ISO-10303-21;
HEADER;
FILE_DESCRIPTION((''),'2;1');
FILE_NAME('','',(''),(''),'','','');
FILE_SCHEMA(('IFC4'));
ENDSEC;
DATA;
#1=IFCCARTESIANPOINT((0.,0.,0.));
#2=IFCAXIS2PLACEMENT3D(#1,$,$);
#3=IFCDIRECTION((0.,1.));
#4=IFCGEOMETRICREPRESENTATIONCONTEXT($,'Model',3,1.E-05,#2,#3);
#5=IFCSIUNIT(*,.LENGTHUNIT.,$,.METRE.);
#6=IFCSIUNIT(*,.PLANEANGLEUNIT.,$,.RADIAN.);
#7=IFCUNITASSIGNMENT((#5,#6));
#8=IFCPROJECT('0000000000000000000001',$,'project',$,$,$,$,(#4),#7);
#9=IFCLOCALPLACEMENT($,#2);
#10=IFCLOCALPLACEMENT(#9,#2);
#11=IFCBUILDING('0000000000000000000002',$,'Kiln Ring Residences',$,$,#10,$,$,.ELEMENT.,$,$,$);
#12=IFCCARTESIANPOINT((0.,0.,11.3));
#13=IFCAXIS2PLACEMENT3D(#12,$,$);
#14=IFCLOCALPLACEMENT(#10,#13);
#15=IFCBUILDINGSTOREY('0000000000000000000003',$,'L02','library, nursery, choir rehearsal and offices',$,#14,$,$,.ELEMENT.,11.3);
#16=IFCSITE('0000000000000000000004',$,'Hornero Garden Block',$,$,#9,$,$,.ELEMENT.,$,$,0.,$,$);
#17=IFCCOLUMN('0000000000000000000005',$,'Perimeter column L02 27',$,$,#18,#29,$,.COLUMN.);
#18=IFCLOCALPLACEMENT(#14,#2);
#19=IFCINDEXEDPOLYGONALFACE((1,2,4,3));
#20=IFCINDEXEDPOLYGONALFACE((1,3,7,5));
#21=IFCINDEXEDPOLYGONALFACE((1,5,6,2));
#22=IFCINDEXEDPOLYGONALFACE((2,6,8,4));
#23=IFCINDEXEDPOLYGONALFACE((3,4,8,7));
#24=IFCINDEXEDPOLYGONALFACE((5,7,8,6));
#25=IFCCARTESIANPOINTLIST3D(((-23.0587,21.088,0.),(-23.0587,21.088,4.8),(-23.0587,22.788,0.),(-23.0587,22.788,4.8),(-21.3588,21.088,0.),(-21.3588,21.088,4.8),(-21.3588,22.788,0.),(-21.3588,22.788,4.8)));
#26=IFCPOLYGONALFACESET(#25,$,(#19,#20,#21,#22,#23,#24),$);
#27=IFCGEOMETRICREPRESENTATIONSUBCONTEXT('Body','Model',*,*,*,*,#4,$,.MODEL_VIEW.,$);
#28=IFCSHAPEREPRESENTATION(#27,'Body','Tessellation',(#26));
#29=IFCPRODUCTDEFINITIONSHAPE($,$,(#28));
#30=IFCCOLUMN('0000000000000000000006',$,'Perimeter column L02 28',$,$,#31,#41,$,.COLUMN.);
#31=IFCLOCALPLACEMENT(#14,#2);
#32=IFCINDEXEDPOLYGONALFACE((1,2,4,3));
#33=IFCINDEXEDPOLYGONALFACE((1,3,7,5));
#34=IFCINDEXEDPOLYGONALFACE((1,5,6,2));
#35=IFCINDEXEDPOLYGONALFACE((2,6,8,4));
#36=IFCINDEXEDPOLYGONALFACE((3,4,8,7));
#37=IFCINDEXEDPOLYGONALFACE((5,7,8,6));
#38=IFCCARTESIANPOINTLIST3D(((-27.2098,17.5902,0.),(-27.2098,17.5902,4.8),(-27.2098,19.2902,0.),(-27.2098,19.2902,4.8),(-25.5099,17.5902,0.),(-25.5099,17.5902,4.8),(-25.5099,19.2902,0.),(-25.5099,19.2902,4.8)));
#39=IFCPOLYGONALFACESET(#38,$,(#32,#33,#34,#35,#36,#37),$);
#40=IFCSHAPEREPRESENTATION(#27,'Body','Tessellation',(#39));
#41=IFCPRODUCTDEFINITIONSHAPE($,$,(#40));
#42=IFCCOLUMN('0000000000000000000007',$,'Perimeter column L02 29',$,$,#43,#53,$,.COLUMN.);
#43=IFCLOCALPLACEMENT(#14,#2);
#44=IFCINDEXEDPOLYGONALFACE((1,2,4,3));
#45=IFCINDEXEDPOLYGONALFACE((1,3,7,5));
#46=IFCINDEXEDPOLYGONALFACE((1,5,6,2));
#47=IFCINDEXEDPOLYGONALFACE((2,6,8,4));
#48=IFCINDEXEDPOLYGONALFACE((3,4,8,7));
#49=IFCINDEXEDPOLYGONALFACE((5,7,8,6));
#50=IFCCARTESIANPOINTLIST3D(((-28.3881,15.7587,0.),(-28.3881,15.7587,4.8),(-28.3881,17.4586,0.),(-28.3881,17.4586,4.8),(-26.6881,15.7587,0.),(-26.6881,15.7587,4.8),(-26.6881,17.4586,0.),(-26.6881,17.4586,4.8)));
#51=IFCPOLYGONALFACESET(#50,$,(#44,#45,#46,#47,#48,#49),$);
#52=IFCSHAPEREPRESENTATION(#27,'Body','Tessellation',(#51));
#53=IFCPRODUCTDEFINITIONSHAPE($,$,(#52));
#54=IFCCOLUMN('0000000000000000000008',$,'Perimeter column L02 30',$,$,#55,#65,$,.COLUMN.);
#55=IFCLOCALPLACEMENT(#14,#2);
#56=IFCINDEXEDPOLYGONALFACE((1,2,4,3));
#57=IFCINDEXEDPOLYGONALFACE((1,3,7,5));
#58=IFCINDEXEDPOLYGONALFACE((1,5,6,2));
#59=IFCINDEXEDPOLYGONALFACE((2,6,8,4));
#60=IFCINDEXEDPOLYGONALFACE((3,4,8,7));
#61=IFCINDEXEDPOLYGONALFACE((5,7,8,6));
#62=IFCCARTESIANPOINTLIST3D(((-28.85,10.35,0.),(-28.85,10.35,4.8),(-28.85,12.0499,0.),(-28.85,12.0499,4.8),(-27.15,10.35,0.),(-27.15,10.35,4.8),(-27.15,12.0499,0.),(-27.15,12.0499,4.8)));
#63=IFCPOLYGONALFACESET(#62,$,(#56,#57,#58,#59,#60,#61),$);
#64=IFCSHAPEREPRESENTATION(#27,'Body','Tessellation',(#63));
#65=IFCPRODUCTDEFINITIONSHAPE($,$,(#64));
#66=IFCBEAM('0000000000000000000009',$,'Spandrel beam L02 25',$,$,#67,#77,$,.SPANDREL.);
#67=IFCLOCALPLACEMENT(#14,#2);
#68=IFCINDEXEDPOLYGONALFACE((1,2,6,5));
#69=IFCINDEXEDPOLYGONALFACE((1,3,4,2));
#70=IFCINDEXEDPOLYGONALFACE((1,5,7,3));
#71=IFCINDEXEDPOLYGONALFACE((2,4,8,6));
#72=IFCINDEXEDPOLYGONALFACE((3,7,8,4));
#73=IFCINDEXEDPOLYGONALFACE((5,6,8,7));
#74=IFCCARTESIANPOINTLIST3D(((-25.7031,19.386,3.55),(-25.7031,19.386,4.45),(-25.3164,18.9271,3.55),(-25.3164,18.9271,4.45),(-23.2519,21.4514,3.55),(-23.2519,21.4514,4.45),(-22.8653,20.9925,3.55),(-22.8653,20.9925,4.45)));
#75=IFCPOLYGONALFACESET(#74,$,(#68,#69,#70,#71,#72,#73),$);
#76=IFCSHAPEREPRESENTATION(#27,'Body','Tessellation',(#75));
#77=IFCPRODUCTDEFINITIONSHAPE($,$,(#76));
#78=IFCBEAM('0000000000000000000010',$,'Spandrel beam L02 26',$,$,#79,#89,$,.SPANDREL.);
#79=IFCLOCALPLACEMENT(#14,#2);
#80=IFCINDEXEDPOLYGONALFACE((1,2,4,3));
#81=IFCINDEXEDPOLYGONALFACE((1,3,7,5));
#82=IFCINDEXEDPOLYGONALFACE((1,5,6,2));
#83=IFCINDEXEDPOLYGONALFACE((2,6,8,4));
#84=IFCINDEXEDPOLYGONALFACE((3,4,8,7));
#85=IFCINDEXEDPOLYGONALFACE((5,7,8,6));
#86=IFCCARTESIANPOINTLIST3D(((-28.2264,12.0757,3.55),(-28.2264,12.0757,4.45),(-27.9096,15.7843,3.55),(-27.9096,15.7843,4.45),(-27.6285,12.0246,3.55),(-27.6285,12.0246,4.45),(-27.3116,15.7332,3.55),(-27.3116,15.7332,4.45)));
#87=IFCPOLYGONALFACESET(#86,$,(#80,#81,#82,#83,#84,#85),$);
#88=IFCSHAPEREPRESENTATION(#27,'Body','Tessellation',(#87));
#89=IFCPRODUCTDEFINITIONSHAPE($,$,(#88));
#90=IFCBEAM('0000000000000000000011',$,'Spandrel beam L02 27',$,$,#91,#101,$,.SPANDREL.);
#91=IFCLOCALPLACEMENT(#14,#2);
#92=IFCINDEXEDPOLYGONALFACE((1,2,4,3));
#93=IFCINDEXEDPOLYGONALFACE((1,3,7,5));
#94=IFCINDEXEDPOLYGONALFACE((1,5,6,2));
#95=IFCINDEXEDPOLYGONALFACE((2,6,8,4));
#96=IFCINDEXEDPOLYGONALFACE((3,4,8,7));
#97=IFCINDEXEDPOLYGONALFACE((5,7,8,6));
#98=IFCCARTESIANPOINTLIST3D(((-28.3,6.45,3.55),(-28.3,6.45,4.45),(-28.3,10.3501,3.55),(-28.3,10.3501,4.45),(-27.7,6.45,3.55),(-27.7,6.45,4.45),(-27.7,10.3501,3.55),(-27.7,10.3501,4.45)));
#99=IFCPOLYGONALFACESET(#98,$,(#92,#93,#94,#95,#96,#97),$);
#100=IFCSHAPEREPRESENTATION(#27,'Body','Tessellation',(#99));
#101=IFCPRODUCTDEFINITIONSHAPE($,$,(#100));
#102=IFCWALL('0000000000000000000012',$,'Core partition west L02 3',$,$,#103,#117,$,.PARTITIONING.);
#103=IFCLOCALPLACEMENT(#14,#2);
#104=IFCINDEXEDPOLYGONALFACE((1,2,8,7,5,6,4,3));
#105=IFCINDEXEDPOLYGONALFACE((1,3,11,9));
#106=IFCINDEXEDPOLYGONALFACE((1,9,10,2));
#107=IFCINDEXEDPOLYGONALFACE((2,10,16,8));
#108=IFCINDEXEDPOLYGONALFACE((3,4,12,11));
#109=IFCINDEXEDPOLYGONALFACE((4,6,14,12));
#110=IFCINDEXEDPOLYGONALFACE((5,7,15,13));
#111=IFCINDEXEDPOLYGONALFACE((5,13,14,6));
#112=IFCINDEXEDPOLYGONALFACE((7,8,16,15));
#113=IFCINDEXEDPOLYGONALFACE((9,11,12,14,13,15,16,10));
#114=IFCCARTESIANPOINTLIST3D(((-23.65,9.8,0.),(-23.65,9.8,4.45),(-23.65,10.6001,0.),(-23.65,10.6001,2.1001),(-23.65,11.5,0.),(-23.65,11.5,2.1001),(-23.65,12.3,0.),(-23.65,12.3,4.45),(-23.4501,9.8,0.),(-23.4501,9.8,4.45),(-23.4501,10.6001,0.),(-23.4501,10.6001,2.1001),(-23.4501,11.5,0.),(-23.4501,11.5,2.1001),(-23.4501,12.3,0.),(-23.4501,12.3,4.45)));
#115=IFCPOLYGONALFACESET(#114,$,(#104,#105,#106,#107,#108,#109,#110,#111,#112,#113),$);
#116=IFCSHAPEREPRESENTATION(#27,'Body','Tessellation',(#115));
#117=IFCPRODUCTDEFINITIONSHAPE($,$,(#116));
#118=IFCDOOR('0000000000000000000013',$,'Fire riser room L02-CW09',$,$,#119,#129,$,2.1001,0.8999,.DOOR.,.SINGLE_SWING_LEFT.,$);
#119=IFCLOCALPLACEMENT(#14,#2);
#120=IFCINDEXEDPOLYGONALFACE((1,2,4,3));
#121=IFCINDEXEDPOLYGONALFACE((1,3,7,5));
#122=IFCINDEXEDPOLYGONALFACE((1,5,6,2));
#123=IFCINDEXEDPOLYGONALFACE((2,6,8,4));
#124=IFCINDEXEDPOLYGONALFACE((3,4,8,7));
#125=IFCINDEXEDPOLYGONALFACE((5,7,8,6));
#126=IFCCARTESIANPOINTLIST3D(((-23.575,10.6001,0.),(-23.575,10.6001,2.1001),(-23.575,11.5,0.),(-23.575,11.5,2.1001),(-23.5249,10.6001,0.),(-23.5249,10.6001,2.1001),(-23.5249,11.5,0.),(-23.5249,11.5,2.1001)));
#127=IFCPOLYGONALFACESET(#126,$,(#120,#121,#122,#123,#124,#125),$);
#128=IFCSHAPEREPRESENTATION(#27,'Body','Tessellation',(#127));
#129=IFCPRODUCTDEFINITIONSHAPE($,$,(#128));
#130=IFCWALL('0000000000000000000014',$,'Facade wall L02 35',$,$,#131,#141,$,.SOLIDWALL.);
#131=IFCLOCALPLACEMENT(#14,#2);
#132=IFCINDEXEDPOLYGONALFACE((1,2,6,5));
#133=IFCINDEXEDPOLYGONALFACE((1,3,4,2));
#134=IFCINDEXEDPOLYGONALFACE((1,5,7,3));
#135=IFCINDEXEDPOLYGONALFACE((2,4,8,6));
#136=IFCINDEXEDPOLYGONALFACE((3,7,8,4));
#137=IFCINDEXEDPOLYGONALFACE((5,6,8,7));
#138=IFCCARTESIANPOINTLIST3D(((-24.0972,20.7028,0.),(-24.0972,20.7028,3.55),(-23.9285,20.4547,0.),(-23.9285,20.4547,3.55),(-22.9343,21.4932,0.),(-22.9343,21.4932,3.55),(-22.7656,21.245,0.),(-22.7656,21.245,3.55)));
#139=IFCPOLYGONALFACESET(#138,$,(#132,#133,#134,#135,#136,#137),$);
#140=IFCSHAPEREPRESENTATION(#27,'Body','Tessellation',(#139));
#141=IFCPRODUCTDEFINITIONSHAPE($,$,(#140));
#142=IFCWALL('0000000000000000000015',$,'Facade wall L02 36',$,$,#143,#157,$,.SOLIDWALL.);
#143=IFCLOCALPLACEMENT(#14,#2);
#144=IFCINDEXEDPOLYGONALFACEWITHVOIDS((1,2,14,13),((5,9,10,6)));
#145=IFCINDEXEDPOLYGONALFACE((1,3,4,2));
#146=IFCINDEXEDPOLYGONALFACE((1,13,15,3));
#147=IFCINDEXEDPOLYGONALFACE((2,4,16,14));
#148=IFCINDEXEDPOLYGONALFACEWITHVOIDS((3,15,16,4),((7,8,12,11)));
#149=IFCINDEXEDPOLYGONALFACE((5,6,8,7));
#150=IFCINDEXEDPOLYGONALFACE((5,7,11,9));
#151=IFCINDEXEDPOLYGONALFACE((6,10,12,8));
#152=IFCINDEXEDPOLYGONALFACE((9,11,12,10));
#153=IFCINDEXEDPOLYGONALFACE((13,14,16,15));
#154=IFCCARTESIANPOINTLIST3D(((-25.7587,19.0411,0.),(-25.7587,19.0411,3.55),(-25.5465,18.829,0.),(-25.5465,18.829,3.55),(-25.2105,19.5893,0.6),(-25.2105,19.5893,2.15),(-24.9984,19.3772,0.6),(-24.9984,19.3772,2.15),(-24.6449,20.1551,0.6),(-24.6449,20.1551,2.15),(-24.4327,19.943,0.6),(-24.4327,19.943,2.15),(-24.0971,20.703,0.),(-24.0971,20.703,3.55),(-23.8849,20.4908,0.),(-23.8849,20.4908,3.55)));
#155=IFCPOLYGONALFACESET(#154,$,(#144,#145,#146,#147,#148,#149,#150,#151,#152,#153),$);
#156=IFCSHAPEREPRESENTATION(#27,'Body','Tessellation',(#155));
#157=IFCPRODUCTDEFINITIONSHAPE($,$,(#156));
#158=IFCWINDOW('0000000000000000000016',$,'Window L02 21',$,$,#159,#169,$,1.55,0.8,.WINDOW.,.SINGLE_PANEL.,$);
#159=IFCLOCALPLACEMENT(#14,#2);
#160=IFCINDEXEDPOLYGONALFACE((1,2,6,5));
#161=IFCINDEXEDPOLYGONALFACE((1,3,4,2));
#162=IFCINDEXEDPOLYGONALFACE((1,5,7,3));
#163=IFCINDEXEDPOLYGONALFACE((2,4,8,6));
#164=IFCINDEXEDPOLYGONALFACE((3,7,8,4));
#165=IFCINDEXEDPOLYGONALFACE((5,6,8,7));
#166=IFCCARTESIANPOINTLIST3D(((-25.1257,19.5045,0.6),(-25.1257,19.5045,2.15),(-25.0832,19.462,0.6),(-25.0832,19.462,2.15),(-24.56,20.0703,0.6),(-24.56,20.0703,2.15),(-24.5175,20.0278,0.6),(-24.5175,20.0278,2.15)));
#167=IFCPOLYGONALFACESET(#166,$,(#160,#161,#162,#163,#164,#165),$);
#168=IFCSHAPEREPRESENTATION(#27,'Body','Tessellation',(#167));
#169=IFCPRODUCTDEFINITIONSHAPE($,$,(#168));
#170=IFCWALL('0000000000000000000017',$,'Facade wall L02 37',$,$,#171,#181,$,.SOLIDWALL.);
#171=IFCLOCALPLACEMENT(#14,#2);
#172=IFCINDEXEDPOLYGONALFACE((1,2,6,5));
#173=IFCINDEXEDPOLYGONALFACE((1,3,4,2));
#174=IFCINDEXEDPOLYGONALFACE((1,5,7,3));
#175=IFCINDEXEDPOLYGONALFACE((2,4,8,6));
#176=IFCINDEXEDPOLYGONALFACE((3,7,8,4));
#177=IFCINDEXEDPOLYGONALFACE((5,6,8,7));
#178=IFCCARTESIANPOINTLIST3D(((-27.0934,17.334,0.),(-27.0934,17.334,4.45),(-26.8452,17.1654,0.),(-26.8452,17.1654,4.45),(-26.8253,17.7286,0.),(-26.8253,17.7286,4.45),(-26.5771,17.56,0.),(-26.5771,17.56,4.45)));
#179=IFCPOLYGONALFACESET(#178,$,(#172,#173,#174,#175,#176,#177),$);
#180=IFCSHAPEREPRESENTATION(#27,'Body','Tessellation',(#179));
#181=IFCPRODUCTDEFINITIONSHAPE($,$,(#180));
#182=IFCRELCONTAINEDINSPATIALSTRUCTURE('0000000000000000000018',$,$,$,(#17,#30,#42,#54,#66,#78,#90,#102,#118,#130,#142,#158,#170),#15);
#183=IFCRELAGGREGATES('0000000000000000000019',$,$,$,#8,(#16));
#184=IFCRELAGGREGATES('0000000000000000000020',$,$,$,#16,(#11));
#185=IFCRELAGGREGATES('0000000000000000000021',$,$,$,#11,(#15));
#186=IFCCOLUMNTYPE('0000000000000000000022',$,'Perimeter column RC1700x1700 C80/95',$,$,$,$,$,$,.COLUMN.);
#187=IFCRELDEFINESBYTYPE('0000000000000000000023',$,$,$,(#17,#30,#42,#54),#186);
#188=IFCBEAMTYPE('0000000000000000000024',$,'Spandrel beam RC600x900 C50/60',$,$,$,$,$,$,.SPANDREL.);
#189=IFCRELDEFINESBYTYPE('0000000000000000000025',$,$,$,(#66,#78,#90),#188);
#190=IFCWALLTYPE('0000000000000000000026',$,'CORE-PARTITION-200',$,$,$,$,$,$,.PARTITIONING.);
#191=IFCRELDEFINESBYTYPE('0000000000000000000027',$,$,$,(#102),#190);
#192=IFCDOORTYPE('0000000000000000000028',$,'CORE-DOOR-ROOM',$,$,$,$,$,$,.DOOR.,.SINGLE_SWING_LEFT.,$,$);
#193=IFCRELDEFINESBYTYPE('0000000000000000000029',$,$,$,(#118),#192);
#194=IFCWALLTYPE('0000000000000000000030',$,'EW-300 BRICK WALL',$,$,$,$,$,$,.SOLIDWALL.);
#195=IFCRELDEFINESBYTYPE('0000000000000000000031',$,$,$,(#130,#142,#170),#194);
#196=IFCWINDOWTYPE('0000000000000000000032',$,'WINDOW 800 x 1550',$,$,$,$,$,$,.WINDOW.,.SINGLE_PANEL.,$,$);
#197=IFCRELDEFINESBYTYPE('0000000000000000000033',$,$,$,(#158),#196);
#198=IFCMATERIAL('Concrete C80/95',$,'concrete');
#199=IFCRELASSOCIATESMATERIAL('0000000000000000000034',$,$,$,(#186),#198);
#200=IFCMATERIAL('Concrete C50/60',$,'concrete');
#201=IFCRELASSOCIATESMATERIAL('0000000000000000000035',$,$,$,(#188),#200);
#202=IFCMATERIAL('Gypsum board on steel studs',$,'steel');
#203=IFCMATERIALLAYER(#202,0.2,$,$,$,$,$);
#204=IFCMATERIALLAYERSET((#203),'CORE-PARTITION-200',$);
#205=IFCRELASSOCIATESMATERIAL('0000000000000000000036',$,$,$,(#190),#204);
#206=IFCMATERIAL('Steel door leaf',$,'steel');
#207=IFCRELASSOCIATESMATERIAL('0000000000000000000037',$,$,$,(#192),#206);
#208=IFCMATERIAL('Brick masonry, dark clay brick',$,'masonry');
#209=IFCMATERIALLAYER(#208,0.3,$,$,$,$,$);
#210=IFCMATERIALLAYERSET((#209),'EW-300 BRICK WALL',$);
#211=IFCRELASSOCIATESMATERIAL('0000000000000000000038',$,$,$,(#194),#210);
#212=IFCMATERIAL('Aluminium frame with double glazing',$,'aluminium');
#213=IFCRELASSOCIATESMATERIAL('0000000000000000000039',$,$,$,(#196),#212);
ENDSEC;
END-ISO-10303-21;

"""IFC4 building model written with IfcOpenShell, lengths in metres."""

from ifc_helpers import new_model, si_unit, direction, frame, frame_2d, origin, origin_2d, place, context, subcontext, project, spatial, rectangle, extrude, material, layer, layer_set, material_profile, profile_set, type_object, element, fill, save


model = new_model("IFC4")

# Units and contexts
model_context = context("Model", 3, precision=1e-05, world=origin(), true_north=direction((0.0, 1.0)))
body_context = subcontext(model_context, "Body", "Model", "MODEL_VIEW")
ifc_project = project(units=[si_unit("LENGTHUNIT", "METRE"), si_unit("PLANEANGLEUNIT", "RADIAN")], contexts=[model_context])

# Site, building, storey
site_placement = place(None, origin())
site = spatial("IfcSite", under=ifc_project, at=site_placement, Name="Hornero Garden Block", CompositionType="ELEMENT", RefElevation=0.0)
building_placement = place(site_placement, origin())
building = spatial("IfcBuilding", under=site, at=building_placement, Name="Kiln Ring Residences", CompositionType="ELEMENT")
storey_placement = place(building_placement, frame((0.0, 0.0, 11.3)))
storey = spatial("IfcBuildingStorey", under=building, at=storey_placement, Name="L02", Description="library, nursery, choir rehearsal and offices", CompositionType="ELEMENT", Elevation=11.3)

# Columns
ifc_material_1 = material(Name="Concrete C80/95", Category="concrete")
ifc_material_profile_1 = material_profile(ifc_material_1, rectangle(XDim=1.7, YDim=1.7, at=origin_2d()), Name="RC1700x1700")
ifc_profile_set_1 = profile_set([ifc_material_profile_1], Name="Concrete C80/95")
column_type = type_object("IfcColumnType", Name="Perimeter column RC1700x1700 C80/95", PredefinedType="COLUMN", material=ifc_profile_set_1)
for number, where, z_axis, x_axis, name in (
    (1, (-22.2087, 21.938, 0.0), (0.0, 0.0, 1.0), (1.0, 0.0, 0.0), "Perimeter column L02 27"),
    (2, (-26.3599, 18.4402, 0.0), (0.0, 0.0, 1.0), (1.0, 0.0, 0.0), "Perimeter column L02 28"),
    (3, (-27.5381, 16.6086, 0.0), (0.0, 0.0, 1.0), (1.0, 0.0, 0.0), "Perimeter column L02 29"),
    (4, (-28.0, 11.2, 0.0), (0.0, 0.0, 1.0), (1.0, 0.0, 0.0), "Perimeter column L02 30"),
):
    element("IfcColumn", number, at=place(storey_placement, frame(where, z_axis=z_axis, x_axis=x_axis)), inside=storey, type_object=column_type, Name=name, PredefinedType="COLUMN", context=body_context, shape_type="SweptSolid", body=[
        extrude(rectangle(XDim=1.7, YDim=1.7, at=origin_2d()), origin(), (0.0, 0.0, 1.0), 4.8),
    ])

# Beams
ifc_material_2 = material(Name="Concrete C50/60", Category="concrete")
ifc_material_profile_2 = material_profile(ifc_material_2, rectangle(XDim=0.6001, YDim=0.8999, at=origin_2d()), Name="RC600x900")
ifc_profile_set_2 = profile_set([ifc_material_profile_2], Name="Concrete C50/60")
beam_type = type_object("IfcBeamType", Name="Spandrel beam RC600x900 C50/60", PredefinedType="SPANDREL", material=ifc_profile_set_2)
beam_1_placement = place(storey_placement, frame((-23.0586, 21.2219, 4.0), z_axis=(-0.764714, -0.64437, 0.0), x_axis=(0.64437, -0.764714, 0.0)))
element("IfcBeam", 5, at=beam_1_placement, inside=storey, type_object=beam_type, Name="Spandrel beam L02 25", PredefinedType="SPANDREL", context=body_context, shape_type="SweptSolid", body=[
    extrude(rectangle(XDim=0.6001, YDim=0.8999, at=origin_2d()), origin(), (0.0, 0.0, 1.0), 3.2053),
])
beam_2_placement = place(storey_placement, frame((-27.6106, 15.7588, 4.0), z_axis=(-0.085135, -0.996369, 0.0), x_axis=(0.996369, -0.085135, 0.0)))
element("IfcBeam", 6, at=beam_2_placement, inside=storey, type_object=beam_type, Name="Spandrel beam L02 26", PredefinedType="SPANDREL", context=body_context, shape_type="SweptSolid", body=[
    extrude(rectangle(XDim=0.6001, YDim=0.8999, at=origin_2d()), origin(), (0.0, 0.0, 1.0), 3.7222),
])
beam_3_placement = place(storey_placement, frame((-28.0, 10.3501, 4.0), z_axis=(0.0, -1.0, 0.0), x_axis=(1.0, 0.0, 0.0)))
element("IfcBeam", 7, at=beam_3_placement, inside=storey, type_object=beam_type, Name="Spandrel beam L02 27", PredefinedType="SPANDREL", context=body_context, shape_type="SweptSolid", body=[
    extrude(rectangle(XDim=0.6001, YDim=0.8999, at=origin_2d()), origin(), (0.0, 0.0, 1.0), 3.9001),
])

# Wall, opening, door
ifc_material_3 = material(Name="Gypsum board on steel studs", Category="steel")
ifc_layer_1 = layer(ifc_material_3, 0.2)
ifc_layer_set_1 = layer_set([ifc_layer_1], Name="CORE-PARTITION-200")
wall_type_1 = type_object("IfcWallType", Name="CORE-PARTITION-200", PredefinedType="PARTITIONING", material=ifc_layer_set_1)
wall_1_placement = place(storey_placement, frame((-23.55, 9.8, 0.0), z_axis=(0.0, 0.0, 1.0), x_axis=(0.0, 1.0, 0.0)))
wall_1 = element("IfcWall", 8, at=wall_1_placement, inside=storey, type_object=wall_type_1, Name="Core partition west L02 3", PredefinedType="PARTITIONING", context=body_context, shape_type="SweptSolid", body=[
    extrude(rectangle(XDim=2.5, YDim=0.2, at=frame_2d((1.25, 0.0))), origin(), (0.0, 0.0, 1.0), 4.45),
])
opening_1_placement = place(wall_1_placement, frame((0.8, 0.0, 0.0)))
opening_1 = element("IfcOpeningElement", 9, at=opening_1_placement, cuts=wall_1, PredefinedType="OPENING", context=body_context, shape_type="SweptSolid", body=[
    extrude(rectangle(XDim=0.8999, YDim=2.1001, at=frame_2d((0.45, 1.05))), frame((0.0, 0.1099, 0.0), z_axis=(0.0, -1.0, 0.0), x_axis=(1.0, 0.0, 0.0)), (0.0, 0.0, 1.0), 0.22),
])
ifc_material_4 = material(Name="Steel door leaf", Category="steel")
door_type_1 = type_object("IfcDoorType", Name="CORE-DOOR-ROOM", OperationType="SINGLE_SWING_LEFT", PredefinedType="DOOR", material=ifc_material_4)
door_1_placement = place(opening_1_placement, origin())
door_1 = element("IfcDoor", 10, at=door_1_placement, inside=storey, type_object=door_type_1, Name="Fire riser room L02-CW09", OperationType="SINGLE_SWING_LEFT", OverallHeight=2.1001, OverallWidth=0.8999, PredefinedType="DOOR", context=body_context, shape_type="SweptSolid", body=[
    extrude(rectangle(XDim=0.8999, YDim=2.1001, at=frame_2d((0.45, 1.05))), frame((0.0, 0.0249, 0.0), z_axis=(0.0, -1.0, 0.0), x_axis=(1.0, 0.0, 0.0)), (0.0, 0.0, 1.0), 0.05),
])
fill(opening_1, door_1)

# Wall
ifc_material_5 = material(Name="Brick masonry, dark clay brick", Category="masonry")
ifc_layer_2 = layer(ifc_material_5, 0.3)
ifc_layer_set_2 = layer_set([ifc_layer_2], Name="EW-300 BRICK WALL")
wall_type_2 = type_object("IfcWallType", Name="EW-300 BRICK WALL", PredefinedType="SOLIDWALL", material=ifc_layer_set_2)
wall_2_placement = place(storey_placement, frame((-22.8499, 21.3691, 0.0), z_axis=(0.0, 0.0, 1.0), x_axis=(-0.827075, -0.562092, 0.0)))
element("IfcWall", 11, at=wall_2_placement, inside=storey, type_object=wall_type_2, Name="Facade wall L02 35", PredefinedType="SOLIDWALL", context=body_context, shape_type="SweptSolid", body=[
    extrude(rectangle(XDim=1.406, YDim=0.3, at=frame_2d((0.7031, 0.0))), origin(), (0.0, 0.0, 1.0), 3.55),
])

# Wall, opening, window
wall_3_placement = place(storey_placement, frame((-23.991, 20.5969, 0.0), z_axis=(0.0, 0.0, 1.0), x_axis=(-0.707055, -0.707159, 0.0)))
wall_3 = element("IfcWall", 12, at=wall_3_placement, inside=storey, type_object=wall_type_2, Name="Facade wall L02 36", PredefinedType="SOLIDWALL", context=body_context, shape_type="SweptSolid", body=[
    extrude(rectangle(XDim=2.3501, YDim=0.3, at=frame_2d((1.175, 0.0))), origin(), (0.0, 0.0, 1.0), 3.55),
])
opening_2_placement = place(wall_3_placement, frame((0.7749, 0.0, 0.6001)))
opening_2 = element("IfcOpeningElement", 13, at=opening_2_placement, cuts=wall_3, PredefinedType="OPENING", context=body_context, shape_type="SweptSolid", body=[
    extrude(rectangle(XDim=0.8, YDim=1.55, at=frame_2d((0.3999, 0.7749))), frame((0.0, 0.1599, 0.0), z_axis=(0.0, -1.0, 0.0), x_axis=(1.0, 0.0, 0.0)), (0.0, 0.0, 1.0), 0.3201),
])
ifc_material_6 = material(Name="Aluminium frame with double glazing", Category="aluminium")
window_type = type_object("IfcWindowType", Name="WINDOW 800 x 1550", PartitioningType="SINGLE_PANEL", PredefinedType="WINDOW", material=ifc_material_6)
window_placement = place(opening_2_placement, origin())
window = element("IfcWindow", 14, at=window_placement, inside=storey, type_object=window_type, Name="Window L02 21", OverallHeight=1.55, OverallWidth=0.8, PartitioningType="SINGLE_PANEL", PredefinedType="WINDOW", context=body_context, shape_type="SweptSolid", body=[
    extrude(rectangle(XDim=0.8, YDim=1.55, at=frame_2d((0.3999, 0.7749))), frame((0.0, 0.03, 0.0), z_axis=(0.0, -1.0, 0.0), x_axis=(1.0, 0.0, 0.0)), (0.0, 0.0, 1.0), 0.0601),
])
fill(opening_2, window)

# Wall
wall_4_placement = place(storey_placement, frame((-26.7012, 17.6443, 0.0), z_axis=(0.0, 0.0, 1.0), x_axis=(-0.562002, -0.827136, 0.0)))
element("IfcWall", 15, at=wall_4_placement, inside=storey, type_object=wall_type_2, Name="Facade wall L02 37", PredefinedType="SOLIDWALL", context=body_context, shape_type="SweptSolid", body=[
    extrude(rectangle(XDim=0.4771, YDim=0.3, at=frame_2d((0.2385, 0.0))), origin(), (0.0, 0.0, 1.0), 4.45),
])

save(model, "model.ifc")
